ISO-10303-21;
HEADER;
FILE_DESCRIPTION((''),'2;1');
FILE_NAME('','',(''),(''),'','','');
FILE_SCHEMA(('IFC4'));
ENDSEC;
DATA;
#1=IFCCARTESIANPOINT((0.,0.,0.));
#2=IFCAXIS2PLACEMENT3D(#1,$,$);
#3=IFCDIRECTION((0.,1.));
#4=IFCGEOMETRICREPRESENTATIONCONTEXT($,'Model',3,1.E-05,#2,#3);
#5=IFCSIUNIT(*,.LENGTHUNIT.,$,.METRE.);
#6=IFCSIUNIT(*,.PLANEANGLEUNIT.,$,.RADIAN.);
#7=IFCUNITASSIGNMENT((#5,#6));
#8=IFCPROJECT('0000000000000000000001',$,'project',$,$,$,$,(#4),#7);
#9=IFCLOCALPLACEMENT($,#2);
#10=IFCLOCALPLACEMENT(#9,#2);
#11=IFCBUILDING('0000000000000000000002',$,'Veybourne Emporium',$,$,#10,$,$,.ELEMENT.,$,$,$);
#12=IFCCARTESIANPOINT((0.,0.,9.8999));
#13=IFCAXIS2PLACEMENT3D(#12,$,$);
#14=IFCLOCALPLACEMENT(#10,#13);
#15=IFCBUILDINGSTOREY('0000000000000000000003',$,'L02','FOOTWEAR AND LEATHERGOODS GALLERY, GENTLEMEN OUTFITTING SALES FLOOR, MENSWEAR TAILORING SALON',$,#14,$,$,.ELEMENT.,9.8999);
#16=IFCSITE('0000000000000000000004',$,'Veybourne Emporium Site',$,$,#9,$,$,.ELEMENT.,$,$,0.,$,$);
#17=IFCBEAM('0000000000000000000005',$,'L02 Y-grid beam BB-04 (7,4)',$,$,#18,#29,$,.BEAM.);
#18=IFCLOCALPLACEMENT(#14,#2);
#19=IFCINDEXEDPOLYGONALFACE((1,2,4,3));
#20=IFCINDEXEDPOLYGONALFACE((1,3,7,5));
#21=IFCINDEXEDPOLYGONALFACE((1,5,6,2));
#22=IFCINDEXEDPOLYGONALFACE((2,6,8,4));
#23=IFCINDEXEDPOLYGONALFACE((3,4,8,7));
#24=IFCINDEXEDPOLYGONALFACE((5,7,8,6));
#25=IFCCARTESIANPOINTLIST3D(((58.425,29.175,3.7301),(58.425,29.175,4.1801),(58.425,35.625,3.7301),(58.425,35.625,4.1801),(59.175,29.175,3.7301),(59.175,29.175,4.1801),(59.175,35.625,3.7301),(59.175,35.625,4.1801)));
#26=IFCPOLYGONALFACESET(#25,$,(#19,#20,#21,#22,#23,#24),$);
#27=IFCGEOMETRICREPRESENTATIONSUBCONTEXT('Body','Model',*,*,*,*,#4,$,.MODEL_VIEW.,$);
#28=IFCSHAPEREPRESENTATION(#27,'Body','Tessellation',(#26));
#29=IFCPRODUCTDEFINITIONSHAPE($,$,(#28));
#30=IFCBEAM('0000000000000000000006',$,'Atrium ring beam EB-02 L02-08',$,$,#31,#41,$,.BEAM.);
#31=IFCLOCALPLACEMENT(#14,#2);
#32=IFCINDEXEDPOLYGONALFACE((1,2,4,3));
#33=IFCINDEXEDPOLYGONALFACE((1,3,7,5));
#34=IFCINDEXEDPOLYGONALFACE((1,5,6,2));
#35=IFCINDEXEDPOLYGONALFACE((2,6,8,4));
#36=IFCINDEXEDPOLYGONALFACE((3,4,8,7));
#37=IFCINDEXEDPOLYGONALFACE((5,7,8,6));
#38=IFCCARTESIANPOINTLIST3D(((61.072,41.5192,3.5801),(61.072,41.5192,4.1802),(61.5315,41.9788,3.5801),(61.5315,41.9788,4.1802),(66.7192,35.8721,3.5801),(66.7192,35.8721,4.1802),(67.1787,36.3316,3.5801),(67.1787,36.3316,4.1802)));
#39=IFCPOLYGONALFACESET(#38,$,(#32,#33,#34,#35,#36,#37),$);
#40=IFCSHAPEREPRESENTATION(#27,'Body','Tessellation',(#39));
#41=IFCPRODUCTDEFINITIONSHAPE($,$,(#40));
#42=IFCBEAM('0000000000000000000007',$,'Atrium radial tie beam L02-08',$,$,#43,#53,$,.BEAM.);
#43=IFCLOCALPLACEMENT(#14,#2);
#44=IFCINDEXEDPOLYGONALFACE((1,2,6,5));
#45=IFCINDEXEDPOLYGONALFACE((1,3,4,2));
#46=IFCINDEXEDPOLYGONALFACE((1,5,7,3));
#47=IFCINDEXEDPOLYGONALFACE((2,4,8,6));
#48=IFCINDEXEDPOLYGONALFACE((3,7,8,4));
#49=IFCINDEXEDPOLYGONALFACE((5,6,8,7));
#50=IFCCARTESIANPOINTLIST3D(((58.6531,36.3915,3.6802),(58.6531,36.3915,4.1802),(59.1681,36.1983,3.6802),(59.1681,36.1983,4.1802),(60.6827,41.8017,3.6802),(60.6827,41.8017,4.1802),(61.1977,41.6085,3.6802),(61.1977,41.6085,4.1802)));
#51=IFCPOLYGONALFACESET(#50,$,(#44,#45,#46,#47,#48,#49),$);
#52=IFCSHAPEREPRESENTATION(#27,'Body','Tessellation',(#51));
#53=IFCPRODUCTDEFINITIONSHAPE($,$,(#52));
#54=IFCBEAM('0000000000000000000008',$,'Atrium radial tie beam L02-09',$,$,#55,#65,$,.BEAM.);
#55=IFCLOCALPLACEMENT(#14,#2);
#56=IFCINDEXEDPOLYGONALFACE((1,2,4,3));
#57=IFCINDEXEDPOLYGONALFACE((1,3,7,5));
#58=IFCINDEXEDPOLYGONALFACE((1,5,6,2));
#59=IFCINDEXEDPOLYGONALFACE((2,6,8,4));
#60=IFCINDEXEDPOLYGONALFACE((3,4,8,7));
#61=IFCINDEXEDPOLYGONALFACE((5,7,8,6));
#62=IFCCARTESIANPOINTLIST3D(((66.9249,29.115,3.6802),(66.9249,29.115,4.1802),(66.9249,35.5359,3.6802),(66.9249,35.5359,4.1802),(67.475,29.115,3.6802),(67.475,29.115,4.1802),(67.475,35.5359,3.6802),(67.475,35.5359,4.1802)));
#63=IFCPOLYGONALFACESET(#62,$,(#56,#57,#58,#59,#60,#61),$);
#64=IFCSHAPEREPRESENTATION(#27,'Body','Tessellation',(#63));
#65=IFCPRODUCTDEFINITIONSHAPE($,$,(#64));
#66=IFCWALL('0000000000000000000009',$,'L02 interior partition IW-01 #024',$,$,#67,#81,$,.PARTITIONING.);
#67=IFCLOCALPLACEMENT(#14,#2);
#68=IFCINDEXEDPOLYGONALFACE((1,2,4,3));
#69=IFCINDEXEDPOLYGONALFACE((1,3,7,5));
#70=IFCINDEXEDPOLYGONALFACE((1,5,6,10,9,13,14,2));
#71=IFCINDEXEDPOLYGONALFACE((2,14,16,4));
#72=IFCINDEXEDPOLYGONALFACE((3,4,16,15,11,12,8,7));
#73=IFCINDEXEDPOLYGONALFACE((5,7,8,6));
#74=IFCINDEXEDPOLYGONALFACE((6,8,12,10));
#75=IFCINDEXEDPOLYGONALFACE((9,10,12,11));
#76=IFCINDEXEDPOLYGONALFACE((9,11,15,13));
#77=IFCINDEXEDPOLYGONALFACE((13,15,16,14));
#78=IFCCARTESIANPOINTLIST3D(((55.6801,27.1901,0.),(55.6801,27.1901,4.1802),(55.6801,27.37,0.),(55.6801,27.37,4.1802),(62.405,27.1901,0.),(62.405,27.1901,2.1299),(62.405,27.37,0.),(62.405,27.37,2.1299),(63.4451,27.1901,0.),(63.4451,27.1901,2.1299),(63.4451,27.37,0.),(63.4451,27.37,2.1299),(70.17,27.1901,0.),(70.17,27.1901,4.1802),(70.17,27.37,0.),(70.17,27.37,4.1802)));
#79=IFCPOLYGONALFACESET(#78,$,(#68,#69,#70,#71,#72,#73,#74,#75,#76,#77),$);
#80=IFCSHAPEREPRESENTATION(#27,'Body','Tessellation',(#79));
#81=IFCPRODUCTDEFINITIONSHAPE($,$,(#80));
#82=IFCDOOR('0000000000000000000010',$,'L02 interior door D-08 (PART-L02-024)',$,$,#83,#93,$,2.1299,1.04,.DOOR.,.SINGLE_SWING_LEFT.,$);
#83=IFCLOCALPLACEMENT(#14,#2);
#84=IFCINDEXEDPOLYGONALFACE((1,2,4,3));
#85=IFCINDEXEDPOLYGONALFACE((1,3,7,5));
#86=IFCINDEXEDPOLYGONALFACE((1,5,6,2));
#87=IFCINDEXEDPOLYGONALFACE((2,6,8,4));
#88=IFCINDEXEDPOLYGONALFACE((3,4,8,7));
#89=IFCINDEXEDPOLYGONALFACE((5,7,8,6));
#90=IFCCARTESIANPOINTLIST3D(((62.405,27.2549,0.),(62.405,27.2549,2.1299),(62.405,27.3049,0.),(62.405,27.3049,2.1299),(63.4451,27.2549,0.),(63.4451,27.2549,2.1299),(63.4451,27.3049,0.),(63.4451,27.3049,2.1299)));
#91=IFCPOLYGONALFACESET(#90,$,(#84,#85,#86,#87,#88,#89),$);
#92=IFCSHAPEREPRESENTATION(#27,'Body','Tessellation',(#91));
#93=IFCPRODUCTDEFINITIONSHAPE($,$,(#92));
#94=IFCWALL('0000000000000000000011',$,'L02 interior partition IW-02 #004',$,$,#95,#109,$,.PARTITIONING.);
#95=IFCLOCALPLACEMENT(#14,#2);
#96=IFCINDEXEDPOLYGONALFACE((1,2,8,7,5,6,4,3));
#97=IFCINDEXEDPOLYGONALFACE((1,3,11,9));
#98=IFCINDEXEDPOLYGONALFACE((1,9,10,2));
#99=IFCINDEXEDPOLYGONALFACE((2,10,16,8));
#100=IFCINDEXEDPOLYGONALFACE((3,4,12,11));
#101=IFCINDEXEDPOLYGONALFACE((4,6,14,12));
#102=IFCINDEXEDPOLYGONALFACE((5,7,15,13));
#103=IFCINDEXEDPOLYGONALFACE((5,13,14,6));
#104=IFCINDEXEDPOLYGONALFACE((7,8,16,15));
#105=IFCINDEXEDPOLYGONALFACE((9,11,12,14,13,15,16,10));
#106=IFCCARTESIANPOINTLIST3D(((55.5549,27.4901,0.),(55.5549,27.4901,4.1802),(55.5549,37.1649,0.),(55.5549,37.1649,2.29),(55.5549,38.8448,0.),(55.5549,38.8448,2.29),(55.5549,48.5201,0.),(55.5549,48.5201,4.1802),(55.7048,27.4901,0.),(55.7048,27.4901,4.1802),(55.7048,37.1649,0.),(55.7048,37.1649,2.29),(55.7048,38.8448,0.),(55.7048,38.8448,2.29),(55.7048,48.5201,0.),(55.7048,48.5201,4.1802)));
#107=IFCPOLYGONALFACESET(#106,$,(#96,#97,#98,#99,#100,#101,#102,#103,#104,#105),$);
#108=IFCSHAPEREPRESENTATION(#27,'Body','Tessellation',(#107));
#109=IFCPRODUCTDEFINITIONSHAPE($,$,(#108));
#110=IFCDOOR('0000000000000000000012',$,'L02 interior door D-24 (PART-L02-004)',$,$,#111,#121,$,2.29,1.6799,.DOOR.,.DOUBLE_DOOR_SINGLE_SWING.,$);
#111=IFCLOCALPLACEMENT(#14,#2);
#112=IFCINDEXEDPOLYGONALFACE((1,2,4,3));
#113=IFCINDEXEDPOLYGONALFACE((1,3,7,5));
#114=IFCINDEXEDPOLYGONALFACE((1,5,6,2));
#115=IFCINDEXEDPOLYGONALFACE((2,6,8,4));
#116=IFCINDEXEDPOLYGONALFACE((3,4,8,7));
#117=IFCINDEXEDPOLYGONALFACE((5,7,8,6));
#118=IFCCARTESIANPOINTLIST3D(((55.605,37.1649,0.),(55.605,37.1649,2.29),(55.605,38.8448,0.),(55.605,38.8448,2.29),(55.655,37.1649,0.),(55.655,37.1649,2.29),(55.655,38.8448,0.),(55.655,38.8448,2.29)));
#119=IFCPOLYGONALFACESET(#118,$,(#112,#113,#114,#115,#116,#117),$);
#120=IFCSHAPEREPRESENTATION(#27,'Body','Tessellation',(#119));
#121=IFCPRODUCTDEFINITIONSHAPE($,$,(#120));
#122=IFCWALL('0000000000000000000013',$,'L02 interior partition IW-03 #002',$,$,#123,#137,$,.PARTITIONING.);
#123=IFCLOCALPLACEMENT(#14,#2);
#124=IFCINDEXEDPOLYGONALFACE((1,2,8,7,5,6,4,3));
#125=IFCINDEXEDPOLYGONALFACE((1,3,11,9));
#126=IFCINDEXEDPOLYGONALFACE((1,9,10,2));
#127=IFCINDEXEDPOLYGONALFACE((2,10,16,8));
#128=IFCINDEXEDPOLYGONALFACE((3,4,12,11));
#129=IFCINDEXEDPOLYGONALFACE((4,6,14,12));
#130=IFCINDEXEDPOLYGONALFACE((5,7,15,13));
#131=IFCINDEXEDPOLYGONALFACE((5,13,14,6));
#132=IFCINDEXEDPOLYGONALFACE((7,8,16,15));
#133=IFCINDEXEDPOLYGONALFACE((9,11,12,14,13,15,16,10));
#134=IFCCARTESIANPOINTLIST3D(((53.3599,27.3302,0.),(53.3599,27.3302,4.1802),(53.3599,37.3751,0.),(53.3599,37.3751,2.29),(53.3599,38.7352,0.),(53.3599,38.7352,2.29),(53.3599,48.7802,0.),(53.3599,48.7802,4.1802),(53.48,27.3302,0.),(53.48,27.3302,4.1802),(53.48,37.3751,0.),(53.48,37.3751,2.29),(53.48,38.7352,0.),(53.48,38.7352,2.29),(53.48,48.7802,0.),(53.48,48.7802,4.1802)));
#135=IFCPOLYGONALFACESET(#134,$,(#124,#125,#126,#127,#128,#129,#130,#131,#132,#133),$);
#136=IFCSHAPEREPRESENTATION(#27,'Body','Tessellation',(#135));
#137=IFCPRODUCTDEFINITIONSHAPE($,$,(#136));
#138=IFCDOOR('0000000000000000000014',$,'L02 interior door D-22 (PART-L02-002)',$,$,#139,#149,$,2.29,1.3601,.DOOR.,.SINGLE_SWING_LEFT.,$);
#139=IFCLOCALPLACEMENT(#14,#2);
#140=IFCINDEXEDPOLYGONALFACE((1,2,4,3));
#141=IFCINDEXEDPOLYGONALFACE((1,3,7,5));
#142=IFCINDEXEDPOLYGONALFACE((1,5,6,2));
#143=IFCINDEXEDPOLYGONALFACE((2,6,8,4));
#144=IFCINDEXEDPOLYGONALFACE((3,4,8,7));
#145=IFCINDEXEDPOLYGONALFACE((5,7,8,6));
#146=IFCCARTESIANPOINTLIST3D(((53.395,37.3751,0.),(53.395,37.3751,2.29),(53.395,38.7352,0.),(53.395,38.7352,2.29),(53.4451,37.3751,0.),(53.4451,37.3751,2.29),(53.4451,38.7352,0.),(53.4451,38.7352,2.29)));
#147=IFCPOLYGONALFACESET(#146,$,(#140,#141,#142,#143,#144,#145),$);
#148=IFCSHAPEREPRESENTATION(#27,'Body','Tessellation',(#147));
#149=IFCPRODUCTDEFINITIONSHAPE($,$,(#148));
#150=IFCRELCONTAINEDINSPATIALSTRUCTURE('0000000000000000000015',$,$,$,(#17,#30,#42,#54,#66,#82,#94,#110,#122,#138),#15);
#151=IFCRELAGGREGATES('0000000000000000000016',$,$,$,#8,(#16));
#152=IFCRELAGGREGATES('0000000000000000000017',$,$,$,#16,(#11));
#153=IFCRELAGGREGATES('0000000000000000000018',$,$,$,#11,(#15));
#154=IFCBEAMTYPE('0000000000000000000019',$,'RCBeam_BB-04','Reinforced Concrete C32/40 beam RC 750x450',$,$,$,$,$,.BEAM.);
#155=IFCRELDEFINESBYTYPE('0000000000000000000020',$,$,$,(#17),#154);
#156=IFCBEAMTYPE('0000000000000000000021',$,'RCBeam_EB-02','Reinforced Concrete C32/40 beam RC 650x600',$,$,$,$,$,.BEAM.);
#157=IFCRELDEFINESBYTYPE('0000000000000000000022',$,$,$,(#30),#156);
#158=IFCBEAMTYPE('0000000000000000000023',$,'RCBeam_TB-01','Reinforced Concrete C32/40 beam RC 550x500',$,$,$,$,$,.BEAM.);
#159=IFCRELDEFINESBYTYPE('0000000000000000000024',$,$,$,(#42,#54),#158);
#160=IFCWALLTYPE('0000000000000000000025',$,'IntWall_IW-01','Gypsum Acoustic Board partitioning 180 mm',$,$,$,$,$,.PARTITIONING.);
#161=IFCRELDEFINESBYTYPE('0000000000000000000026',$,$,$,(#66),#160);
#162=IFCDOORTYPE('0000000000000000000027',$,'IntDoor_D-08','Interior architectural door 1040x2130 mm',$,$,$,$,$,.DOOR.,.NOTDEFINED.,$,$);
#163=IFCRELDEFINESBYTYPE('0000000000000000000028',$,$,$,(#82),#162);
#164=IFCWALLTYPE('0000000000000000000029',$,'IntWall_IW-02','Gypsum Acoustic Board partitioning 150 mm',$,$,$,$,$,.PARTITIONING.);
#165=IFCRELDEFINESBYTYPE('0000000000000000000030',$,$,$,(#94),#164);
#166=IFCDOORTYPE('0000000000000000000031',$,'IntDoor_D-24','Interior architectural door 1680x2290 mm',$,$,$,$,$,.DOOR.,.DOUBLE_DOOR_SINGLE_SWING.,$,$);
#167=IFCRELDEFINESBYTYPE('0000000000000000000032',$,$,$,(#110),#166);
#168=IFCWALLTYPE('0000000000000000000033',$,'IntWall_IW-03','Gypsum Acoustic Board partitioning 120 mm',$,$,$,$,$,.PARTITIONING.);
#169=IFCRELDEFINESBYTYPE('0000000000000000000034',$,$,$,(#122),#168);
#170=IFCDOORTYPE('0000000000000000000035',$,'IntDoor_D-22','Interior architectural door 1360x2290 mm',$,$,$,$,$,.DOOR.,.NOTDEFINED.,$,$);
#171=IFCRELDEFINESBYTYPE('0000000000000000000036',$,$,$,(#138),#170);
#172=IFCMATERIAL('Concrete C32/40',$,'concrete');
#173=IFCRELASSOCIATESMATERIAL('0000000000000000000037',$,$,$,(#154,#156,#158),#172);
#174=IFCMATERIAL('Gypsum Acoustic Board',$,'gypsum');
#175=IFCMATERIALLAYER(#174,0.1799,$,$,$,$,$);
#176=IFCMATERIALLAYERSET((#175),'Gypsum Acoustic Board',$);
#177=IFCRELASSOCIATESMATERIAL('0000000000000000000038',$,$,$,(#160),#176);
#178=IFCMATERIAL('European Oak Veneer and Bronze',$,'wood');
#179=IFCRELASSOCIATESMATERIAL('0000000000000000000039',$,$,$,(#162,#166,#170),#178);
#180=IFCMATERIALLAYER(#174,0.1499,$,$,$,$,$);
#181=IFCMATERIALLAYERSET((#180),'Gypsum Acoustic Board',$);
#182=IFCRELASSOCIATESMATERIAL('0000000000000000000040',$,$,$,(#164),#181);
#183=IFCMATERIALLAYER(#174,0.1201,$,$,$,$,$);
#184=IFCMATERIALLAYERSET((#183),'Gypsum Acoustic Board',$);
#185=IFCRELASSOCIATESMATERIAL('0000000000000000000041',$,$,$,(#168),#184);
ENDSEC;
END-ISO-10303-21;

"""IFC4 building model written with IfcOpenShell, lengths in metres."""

from ifc_helpers import new_model, si_unit, direction, frame, frame_2d, origin, origin_2d, place, context, subcontext, project, spatial, rectangle, extrude, material, layer, layer_set, material_profile, profile_set, type_object, element, fill, save


model = new_model("IFC4")

# Units and contexts
model_context = context("Model", 3, precision=1e-05, world=origin(), true_north=direction((0.0, 1.0)))
body_context = subcontext(model_context, "Body", "Model", "MODEL_VIEW")
ifc_project = project(units=[si_unit("LENGTHUNIT", "METRE"), si_unit("PLANEANGLEUNIT", "RADIAN")], contexts=[model_context])

# Site, building, storey
site_placement = place(None, origin())
site = spatial("IfcSite", under=ifc_project, at=site_placement, Name="Veybourne Emporium Site", CompositionType="ELEMENT", RefElevation=0.0)
building_placement = place(site_placement, origin())
building = spatial("IfcBuilding", under=site, at=building_placement, Name="Veybourne Emporium", CompositionType="ELEMENT")
storey_placement = place(building_placement, frame((0.0, 0.0, 9.8999)))
storey = spatial("IfcBuildingStorey", under=building, at=storey_placement, Name="L02", Description="FOOTWEAR AND LEATHERGOODS GALLERY, GENTLEMEN OUTFITTING SALES FLOOR, MENSWEAR TAILORING SALON", CompositionType="ELEMENT", Elevation=9.8999)

# Beams
ifc_material_1 = material(Name="Concrete C32/40", Category="concrete")
ifc_material_profile_1 = material_profile(ifc_material_1, rectangle(XDim=0.75, YDim=0.45, at=origin_2d()), Name="RC 750x450")
ifc_profile_set_1 = profile_set([ifc_material_profile_1], Name="Concrete C32/40")
beam_type_1 = type_object("IfcBeamType", Name="RCBeam_BB-04", Description="Reinforced Concrete C32/40 beam RC 750x450", PredefinedType="BEAM", material=ifc_profile_set_1)
beam_1_placement = place(storey_placement, frame((58.8, 29.175, 3.9551), z_axis=(0.0, 1.0, 0.0), x_axis=(-1.0, 0.0, 0.0)))
element("IfcBeam", 1, at=beam_1_placement, inside=storey, type_object=beam_type_1, Name="L02 Y-grid beam BB-04 (7,4)", PredefinedType="BEAM", context=body_context, shape_type="SweptSolid", body=[
    extrude(rectangle(XDim=0.75, YDim=0.45, at=origin_2d()), origin(), (0.0, 0.0, 1.0), 6.45),
])
ifc_material_profile_2 = material_profile(ifc_material_1, rectangle(XDim=0.6499, YDim=0.6001, at=origin_2d()), Name="RC 650x600")
ifc_profile_set_2 = profile_set([ifc_material_profile_2], Name="Concrete C32/40")
beam_type_2 = type_object("IfcBeamType", Name="RCBeam_EB-02", Description="Reinforced Concrete C32/40 beam RC 650x600", PredefinedType="BEAM", material=ifc_profile_set_2)
beam_2_placement = place(storey_placement, frame((61.3018, 41.749, 3.8801), z_axis=(0.707107, -0.707107, 0.0), x_axis=(0.707107, 0.707107, 0.0)))
element("IfcBeam", 2, at=beam_2_placement, inside=storey, type_object=beam_type_2, Name="Atrium ring beam EB-02 L02-08", PredefinedType="BEAM", context=body_context, shape_type="SweptSolid", body=[
    extrude(rectangle(XDim=0.6499, YDim=0.6001, at=origin_2d()), origin(), (0.0, 0.0, 1.0), 7.9863),
])
ifc_material_profile_3 = material_profile(ifc_material_1, rectangle(XDim=0.55, YDim=0.5, at=origin_2d()), Name="RC 550x500")
ifc_profile_set_3 = profile_set([ifc_material_profile_3], Name="Concrete C32/40")
beam_type_3 = type_object("IfcBeamType", Name="RCBeam_TB-01", Description="Reinforced Concrete C32/40 beam RC 550x500", PredefinedType="BEAM", material=ifc_profile_set_3)
beam_3_placement = place(storey_placement, frame((60.9402, 41.7051, 3.9302), z_axis=(-0.351235, -0.936287, 0.0), x_axis=(0.936287, -0.351235, 0.0)))
element("IfcBeam", 3, at=beam_3_placement, inside=storey, type_object=beam_type_3, Name="Atrium radial tie beam L02-08", PredefinedType="BEAM", context=body_context, shape_type="SweptSolid", body=[
    extrude(rectangle(XDim=0.55, YDim=0.5, at=origin_2d()), origin(), (0.0, 0.0, 1.0), 5.7783),
])
beam_4_placement = place(storey_placement, frame((67.2, 35.5359, 3.9302), z_axis=(0.0, -1.0, 0.0), x_axis=(1.0, 0.0, 0.0)))
element("IfcBeam", 4, at=beam_4_placement, inside=storey, type_object=beam_type_3, Name="Atrium radial tie beam L02-09", PredefinedType="BEAM", context=body_context, shape_type="SweptSolid", body=[
    extrude(rectangle(XDim=0.55, YDim=0.5, at=origin_2d()), origin(), (0.0, 0.0, 1.0), 6.4209),
])

# Walls, openings, doors
ifc_material_2 = material(Name="Gypsum Acoustic Board", Category="gypsum")
ifc_layer_1 = layer(ifc_material_2, 0.1799)
ifc_layer_set_1 = layer_set([ifc_layer_1], Name="Gypsum Acoustic Board")
wall_type_1 = type_object("IfcWallType", Name="IntWall_IW-01", Description="Gypsum Acoustic Board partitioning 180 mm", PredefinedType="PARTITIONING", material=ifc_layer_set_1)
wall_1_placement = place(storey_placement, frame((55.6799, 27.28, 0.0), z_axis=(0.0, 0.0, 1.0), x_axis=(1.0, 0.0, 0.0)))
wall_1 = element("IfcWall", 5, at=wall_1_placement, inside=storey, type_object=wall_type_1, Name="L02 interior partition IW-01 #024", PredefinedType="PARTITIONING", context=body_context, shape_type="SweptSolid", body=[
    extrude(rectangle(XDim=14.49, YDim=0.1799, at=frame_2d((7.2451, 0.0))), origin(), (0.0, 0.0, 1.0), 4.1802),
])
opening_1_placement = place(wall_1_placement, frame((6.7251, 0.0, 0.0)))
opening_1 = element("IfcOpeningElement", 6, at=opening_1_placement, cuts=wall_1, PredefinedType="OPENING", context=body_context, shape_type="SweptSolid", body=[
    extrude(rectangle(XDim=1.04, YDim=2.1299, at=frame_2d((0.52, 1.0649))), frame((0.0, 0.1099, 0.0), z_axis=(0.0, -1.0, 0.0), x_axis=(1.0, 0.0, 0.0)), (0.0, 0.0, 1.0), 0.22),
])
ifc_material_3 = material(Name="European Oak Veneer and Bronze", Category="wood")
door_type_1 = type_object("IfcDoorType", Name="IntDoor_D-08", Description="Interior architectural door 1040x2130 mm", OperationType="NOTDEFINED", PredefinedType="DOOR", material=ifc_material_3)
door_1_placement = place(opening_1_placement, origin())
door_1 = element("IfcDoor", 7, at=door_1_placement, inside=storey, type_object=door_type_1, Name="L02 interior door D-08 (PART-L02-024)", OperationType="SINGLE_SWING_LEFT", OverallHeight=2.1299, OverallWidth=1.04, PredefinedType="DOOR", context=body_context, shape_type="SweptSolid", body=[
    extrude(rectangle(XDim=1.04, YDim=2.1299, at=frame_2d((0.52, 1.0649))), frame((0.0, 0.0249, 0.0), z_axis=(0.0, -1.0, 0.0), x_axis=(1.0, 0.0, 0.0)), (0.0, 0.0, 1.0), 0.05),
])
fill(opening_1, door_1)
ifc_layer_2 = layer(ifc_material_2, 0.1499)
ifc_layer_set_2 = layer_set([ifc_layer_2], Name="Gypsum Acoustic Board")
wall_type_2 = type_object("IfcWallType", Name="IntWall_IW-02", Description="Gypsum Acoustic Board partitioning 150 mm", PredefinedType="PARTITIONING", material=ifc_layer_set_2)
wall_2_placement = place(storey_placement, frame((55.6299, 27.49, 0.0), z_axis=(0.0, 0.0, 1.0), x_axis=(0.0, 1.0, 0.0)))
wall_2 = element("IfcWall", 8, at=wall_2_placement, inside=storey, type_object=wall_type_2, Name="L02 interior partition IW-02 #004", PredefinedType="PARTITIONING", context=body_context, shape_type="SweptSolid", body=[
    extrude(rectangle(XDim=21.03, YDim=0.1499, at=frame_2d((10.5151, 0.0))), origin(), (0.0, 0.0, 1.0), 4.1802),
])
opening_2_placement = place(wall_2_placement, frame((9.675, 0.0, 0.0)))
opening_2 = element("IfcOpeningElement", 9, at=opening_2_placement, cuts=wall_2, PredefinedType="OPENING", context=body_context, shape_type="SweptSolid", body=[
    extrude(rectangle(XDim=1.6799, YDim=2.29, at=frame_2d((0.8398, 1.145))), frame((0.0, 0.095, 0.0), z_axis=(0.0, -1.0, 0.0), x_axis=(1.0, 0.0, 0.0)), (0.0, 0.0, 1.0), 0.1899),
])
door_type_2 = type_object("IfcDoorType", Name="IntDoor_D-24", Description="Interior architectural door 1680x2290 mm", OperationType="DOUBLE_DOOR_SINGLE_SWING", PredefinedType="DOOR", material=ifc_material_3)
door_2_placement = place(opening_2_placement, origin())
door_2 = element("IfcDoor", 10, at=door_2_placement, inside=storey, type_object=door_type_2, Name="L02 interior door D-24 (PART-L02-004)", OperationType="DOUBLE_DOOR_SINGLE_SWING", OverallHeight=2.29, OverallWidth=1.6799, PredefinedType="DOOR", context=body_context, shape_type="SweptSolid", body=[
    extrude(rectangle(XDim=1.6799, YDim=2.29, at=frame_2d((0.8398, 1.145))), frame((0.0, 0.0249, 0.0), z_axis=(0.0, -1.0, 0.0), x_axis=(1.0, 0.0, 0.0)), (0.0, 0.0, 1.0), 0.05),
])
fill(opening_2, door_2)
ifc_layer_3 = layer(ifc_material_2, 0.1201)
ifc_layer_set_3 = layer_set([ifc_layer_3], Name="Gypsum Acoustic Board")
wall_type_3 = type_object("IfcWallType", Name="IntWall_IW-03", Description="Gypsum Acoustic Board partitioning 120 mm", PredefinedType="PARTITIONING", material=ifc_layer_set_3)
wall_3_placement = place(storey_placement, frame((53.4199, 27.3301, 0.0), z_axis=(0.0, 0.0, 1.0), x_axis=(0.0, 1.0, 0.0)))
wall_3 = element("IfcWall", 11, at=wall_3_placement, inside=storey, type_object=wall_type_3, Name="L02 interior partition IW-03 #002", PredefinedType="PARTITIONING", context=body_context, shape_type="SweptSolid", body=[
    extrude(rectangle(XDim=21.45, YDim=0.1201, at=frame_2d((10.7251, 0.0))), origin(), (0.0, 0.0, 1.0), 4.1802),
])
opening_3_placement = place(wall_3_placement, frame((10.0449, 0.0, 0.0)))
opening_3 = element("IfcOpeningElement", 12, at=opening_3_placement, cuts=wall_3, PredefinedType="OPENING", context=body_context, shape_type="SweptSolid", body=[
    extrude(rectangle(XDim=1.3601, YDim=2.29, at=frame_2d((0.6802, 1.145))), frame((0.0, 0.0801, 0.0), z_axis=(0.0, -1.0, 0.0), x_axis=(1.0, 0.0, 0.0)), (0.0, 0.0, 1.0), 0.1602),
])
door_type_3 = type_object("IfcDoorType", Name="IntDoor_D-22", Description="Interior architectural door 1360x2290 mm", OperationType="NOTDEFINED", PredefinedType="DOOR", material=ifc_material_3)
door_3_placement = place(opening_3_placement, origin())
door_3 = element("IfcDoor", 13, at=door_3_placement, inside=storey, type_object=door_type_3, Name="L02 interior door D-22 (PART-L02-002)", OperationType="SINGLE_SWING_LEFT", OverallHeight=2.29, OverallWidth=1.3601, PredefinedType="DOOR", context=body_context, shape_type="SweptSolid", body=[
    extrude(rectangle(XDim=1.3601, YDim=2.29, at=frame_2d((0.6802, 1.145))), frame((0.0, 0.0249, 0.0), z_axis=(0.0, -1.0, 0.0), x_axis=(1.0, 0.0, 0.0)), (0.0, 0.0, 1.0), 0.05),
])
fill(opening_3, door_3)

save(model, "model.ifc")
